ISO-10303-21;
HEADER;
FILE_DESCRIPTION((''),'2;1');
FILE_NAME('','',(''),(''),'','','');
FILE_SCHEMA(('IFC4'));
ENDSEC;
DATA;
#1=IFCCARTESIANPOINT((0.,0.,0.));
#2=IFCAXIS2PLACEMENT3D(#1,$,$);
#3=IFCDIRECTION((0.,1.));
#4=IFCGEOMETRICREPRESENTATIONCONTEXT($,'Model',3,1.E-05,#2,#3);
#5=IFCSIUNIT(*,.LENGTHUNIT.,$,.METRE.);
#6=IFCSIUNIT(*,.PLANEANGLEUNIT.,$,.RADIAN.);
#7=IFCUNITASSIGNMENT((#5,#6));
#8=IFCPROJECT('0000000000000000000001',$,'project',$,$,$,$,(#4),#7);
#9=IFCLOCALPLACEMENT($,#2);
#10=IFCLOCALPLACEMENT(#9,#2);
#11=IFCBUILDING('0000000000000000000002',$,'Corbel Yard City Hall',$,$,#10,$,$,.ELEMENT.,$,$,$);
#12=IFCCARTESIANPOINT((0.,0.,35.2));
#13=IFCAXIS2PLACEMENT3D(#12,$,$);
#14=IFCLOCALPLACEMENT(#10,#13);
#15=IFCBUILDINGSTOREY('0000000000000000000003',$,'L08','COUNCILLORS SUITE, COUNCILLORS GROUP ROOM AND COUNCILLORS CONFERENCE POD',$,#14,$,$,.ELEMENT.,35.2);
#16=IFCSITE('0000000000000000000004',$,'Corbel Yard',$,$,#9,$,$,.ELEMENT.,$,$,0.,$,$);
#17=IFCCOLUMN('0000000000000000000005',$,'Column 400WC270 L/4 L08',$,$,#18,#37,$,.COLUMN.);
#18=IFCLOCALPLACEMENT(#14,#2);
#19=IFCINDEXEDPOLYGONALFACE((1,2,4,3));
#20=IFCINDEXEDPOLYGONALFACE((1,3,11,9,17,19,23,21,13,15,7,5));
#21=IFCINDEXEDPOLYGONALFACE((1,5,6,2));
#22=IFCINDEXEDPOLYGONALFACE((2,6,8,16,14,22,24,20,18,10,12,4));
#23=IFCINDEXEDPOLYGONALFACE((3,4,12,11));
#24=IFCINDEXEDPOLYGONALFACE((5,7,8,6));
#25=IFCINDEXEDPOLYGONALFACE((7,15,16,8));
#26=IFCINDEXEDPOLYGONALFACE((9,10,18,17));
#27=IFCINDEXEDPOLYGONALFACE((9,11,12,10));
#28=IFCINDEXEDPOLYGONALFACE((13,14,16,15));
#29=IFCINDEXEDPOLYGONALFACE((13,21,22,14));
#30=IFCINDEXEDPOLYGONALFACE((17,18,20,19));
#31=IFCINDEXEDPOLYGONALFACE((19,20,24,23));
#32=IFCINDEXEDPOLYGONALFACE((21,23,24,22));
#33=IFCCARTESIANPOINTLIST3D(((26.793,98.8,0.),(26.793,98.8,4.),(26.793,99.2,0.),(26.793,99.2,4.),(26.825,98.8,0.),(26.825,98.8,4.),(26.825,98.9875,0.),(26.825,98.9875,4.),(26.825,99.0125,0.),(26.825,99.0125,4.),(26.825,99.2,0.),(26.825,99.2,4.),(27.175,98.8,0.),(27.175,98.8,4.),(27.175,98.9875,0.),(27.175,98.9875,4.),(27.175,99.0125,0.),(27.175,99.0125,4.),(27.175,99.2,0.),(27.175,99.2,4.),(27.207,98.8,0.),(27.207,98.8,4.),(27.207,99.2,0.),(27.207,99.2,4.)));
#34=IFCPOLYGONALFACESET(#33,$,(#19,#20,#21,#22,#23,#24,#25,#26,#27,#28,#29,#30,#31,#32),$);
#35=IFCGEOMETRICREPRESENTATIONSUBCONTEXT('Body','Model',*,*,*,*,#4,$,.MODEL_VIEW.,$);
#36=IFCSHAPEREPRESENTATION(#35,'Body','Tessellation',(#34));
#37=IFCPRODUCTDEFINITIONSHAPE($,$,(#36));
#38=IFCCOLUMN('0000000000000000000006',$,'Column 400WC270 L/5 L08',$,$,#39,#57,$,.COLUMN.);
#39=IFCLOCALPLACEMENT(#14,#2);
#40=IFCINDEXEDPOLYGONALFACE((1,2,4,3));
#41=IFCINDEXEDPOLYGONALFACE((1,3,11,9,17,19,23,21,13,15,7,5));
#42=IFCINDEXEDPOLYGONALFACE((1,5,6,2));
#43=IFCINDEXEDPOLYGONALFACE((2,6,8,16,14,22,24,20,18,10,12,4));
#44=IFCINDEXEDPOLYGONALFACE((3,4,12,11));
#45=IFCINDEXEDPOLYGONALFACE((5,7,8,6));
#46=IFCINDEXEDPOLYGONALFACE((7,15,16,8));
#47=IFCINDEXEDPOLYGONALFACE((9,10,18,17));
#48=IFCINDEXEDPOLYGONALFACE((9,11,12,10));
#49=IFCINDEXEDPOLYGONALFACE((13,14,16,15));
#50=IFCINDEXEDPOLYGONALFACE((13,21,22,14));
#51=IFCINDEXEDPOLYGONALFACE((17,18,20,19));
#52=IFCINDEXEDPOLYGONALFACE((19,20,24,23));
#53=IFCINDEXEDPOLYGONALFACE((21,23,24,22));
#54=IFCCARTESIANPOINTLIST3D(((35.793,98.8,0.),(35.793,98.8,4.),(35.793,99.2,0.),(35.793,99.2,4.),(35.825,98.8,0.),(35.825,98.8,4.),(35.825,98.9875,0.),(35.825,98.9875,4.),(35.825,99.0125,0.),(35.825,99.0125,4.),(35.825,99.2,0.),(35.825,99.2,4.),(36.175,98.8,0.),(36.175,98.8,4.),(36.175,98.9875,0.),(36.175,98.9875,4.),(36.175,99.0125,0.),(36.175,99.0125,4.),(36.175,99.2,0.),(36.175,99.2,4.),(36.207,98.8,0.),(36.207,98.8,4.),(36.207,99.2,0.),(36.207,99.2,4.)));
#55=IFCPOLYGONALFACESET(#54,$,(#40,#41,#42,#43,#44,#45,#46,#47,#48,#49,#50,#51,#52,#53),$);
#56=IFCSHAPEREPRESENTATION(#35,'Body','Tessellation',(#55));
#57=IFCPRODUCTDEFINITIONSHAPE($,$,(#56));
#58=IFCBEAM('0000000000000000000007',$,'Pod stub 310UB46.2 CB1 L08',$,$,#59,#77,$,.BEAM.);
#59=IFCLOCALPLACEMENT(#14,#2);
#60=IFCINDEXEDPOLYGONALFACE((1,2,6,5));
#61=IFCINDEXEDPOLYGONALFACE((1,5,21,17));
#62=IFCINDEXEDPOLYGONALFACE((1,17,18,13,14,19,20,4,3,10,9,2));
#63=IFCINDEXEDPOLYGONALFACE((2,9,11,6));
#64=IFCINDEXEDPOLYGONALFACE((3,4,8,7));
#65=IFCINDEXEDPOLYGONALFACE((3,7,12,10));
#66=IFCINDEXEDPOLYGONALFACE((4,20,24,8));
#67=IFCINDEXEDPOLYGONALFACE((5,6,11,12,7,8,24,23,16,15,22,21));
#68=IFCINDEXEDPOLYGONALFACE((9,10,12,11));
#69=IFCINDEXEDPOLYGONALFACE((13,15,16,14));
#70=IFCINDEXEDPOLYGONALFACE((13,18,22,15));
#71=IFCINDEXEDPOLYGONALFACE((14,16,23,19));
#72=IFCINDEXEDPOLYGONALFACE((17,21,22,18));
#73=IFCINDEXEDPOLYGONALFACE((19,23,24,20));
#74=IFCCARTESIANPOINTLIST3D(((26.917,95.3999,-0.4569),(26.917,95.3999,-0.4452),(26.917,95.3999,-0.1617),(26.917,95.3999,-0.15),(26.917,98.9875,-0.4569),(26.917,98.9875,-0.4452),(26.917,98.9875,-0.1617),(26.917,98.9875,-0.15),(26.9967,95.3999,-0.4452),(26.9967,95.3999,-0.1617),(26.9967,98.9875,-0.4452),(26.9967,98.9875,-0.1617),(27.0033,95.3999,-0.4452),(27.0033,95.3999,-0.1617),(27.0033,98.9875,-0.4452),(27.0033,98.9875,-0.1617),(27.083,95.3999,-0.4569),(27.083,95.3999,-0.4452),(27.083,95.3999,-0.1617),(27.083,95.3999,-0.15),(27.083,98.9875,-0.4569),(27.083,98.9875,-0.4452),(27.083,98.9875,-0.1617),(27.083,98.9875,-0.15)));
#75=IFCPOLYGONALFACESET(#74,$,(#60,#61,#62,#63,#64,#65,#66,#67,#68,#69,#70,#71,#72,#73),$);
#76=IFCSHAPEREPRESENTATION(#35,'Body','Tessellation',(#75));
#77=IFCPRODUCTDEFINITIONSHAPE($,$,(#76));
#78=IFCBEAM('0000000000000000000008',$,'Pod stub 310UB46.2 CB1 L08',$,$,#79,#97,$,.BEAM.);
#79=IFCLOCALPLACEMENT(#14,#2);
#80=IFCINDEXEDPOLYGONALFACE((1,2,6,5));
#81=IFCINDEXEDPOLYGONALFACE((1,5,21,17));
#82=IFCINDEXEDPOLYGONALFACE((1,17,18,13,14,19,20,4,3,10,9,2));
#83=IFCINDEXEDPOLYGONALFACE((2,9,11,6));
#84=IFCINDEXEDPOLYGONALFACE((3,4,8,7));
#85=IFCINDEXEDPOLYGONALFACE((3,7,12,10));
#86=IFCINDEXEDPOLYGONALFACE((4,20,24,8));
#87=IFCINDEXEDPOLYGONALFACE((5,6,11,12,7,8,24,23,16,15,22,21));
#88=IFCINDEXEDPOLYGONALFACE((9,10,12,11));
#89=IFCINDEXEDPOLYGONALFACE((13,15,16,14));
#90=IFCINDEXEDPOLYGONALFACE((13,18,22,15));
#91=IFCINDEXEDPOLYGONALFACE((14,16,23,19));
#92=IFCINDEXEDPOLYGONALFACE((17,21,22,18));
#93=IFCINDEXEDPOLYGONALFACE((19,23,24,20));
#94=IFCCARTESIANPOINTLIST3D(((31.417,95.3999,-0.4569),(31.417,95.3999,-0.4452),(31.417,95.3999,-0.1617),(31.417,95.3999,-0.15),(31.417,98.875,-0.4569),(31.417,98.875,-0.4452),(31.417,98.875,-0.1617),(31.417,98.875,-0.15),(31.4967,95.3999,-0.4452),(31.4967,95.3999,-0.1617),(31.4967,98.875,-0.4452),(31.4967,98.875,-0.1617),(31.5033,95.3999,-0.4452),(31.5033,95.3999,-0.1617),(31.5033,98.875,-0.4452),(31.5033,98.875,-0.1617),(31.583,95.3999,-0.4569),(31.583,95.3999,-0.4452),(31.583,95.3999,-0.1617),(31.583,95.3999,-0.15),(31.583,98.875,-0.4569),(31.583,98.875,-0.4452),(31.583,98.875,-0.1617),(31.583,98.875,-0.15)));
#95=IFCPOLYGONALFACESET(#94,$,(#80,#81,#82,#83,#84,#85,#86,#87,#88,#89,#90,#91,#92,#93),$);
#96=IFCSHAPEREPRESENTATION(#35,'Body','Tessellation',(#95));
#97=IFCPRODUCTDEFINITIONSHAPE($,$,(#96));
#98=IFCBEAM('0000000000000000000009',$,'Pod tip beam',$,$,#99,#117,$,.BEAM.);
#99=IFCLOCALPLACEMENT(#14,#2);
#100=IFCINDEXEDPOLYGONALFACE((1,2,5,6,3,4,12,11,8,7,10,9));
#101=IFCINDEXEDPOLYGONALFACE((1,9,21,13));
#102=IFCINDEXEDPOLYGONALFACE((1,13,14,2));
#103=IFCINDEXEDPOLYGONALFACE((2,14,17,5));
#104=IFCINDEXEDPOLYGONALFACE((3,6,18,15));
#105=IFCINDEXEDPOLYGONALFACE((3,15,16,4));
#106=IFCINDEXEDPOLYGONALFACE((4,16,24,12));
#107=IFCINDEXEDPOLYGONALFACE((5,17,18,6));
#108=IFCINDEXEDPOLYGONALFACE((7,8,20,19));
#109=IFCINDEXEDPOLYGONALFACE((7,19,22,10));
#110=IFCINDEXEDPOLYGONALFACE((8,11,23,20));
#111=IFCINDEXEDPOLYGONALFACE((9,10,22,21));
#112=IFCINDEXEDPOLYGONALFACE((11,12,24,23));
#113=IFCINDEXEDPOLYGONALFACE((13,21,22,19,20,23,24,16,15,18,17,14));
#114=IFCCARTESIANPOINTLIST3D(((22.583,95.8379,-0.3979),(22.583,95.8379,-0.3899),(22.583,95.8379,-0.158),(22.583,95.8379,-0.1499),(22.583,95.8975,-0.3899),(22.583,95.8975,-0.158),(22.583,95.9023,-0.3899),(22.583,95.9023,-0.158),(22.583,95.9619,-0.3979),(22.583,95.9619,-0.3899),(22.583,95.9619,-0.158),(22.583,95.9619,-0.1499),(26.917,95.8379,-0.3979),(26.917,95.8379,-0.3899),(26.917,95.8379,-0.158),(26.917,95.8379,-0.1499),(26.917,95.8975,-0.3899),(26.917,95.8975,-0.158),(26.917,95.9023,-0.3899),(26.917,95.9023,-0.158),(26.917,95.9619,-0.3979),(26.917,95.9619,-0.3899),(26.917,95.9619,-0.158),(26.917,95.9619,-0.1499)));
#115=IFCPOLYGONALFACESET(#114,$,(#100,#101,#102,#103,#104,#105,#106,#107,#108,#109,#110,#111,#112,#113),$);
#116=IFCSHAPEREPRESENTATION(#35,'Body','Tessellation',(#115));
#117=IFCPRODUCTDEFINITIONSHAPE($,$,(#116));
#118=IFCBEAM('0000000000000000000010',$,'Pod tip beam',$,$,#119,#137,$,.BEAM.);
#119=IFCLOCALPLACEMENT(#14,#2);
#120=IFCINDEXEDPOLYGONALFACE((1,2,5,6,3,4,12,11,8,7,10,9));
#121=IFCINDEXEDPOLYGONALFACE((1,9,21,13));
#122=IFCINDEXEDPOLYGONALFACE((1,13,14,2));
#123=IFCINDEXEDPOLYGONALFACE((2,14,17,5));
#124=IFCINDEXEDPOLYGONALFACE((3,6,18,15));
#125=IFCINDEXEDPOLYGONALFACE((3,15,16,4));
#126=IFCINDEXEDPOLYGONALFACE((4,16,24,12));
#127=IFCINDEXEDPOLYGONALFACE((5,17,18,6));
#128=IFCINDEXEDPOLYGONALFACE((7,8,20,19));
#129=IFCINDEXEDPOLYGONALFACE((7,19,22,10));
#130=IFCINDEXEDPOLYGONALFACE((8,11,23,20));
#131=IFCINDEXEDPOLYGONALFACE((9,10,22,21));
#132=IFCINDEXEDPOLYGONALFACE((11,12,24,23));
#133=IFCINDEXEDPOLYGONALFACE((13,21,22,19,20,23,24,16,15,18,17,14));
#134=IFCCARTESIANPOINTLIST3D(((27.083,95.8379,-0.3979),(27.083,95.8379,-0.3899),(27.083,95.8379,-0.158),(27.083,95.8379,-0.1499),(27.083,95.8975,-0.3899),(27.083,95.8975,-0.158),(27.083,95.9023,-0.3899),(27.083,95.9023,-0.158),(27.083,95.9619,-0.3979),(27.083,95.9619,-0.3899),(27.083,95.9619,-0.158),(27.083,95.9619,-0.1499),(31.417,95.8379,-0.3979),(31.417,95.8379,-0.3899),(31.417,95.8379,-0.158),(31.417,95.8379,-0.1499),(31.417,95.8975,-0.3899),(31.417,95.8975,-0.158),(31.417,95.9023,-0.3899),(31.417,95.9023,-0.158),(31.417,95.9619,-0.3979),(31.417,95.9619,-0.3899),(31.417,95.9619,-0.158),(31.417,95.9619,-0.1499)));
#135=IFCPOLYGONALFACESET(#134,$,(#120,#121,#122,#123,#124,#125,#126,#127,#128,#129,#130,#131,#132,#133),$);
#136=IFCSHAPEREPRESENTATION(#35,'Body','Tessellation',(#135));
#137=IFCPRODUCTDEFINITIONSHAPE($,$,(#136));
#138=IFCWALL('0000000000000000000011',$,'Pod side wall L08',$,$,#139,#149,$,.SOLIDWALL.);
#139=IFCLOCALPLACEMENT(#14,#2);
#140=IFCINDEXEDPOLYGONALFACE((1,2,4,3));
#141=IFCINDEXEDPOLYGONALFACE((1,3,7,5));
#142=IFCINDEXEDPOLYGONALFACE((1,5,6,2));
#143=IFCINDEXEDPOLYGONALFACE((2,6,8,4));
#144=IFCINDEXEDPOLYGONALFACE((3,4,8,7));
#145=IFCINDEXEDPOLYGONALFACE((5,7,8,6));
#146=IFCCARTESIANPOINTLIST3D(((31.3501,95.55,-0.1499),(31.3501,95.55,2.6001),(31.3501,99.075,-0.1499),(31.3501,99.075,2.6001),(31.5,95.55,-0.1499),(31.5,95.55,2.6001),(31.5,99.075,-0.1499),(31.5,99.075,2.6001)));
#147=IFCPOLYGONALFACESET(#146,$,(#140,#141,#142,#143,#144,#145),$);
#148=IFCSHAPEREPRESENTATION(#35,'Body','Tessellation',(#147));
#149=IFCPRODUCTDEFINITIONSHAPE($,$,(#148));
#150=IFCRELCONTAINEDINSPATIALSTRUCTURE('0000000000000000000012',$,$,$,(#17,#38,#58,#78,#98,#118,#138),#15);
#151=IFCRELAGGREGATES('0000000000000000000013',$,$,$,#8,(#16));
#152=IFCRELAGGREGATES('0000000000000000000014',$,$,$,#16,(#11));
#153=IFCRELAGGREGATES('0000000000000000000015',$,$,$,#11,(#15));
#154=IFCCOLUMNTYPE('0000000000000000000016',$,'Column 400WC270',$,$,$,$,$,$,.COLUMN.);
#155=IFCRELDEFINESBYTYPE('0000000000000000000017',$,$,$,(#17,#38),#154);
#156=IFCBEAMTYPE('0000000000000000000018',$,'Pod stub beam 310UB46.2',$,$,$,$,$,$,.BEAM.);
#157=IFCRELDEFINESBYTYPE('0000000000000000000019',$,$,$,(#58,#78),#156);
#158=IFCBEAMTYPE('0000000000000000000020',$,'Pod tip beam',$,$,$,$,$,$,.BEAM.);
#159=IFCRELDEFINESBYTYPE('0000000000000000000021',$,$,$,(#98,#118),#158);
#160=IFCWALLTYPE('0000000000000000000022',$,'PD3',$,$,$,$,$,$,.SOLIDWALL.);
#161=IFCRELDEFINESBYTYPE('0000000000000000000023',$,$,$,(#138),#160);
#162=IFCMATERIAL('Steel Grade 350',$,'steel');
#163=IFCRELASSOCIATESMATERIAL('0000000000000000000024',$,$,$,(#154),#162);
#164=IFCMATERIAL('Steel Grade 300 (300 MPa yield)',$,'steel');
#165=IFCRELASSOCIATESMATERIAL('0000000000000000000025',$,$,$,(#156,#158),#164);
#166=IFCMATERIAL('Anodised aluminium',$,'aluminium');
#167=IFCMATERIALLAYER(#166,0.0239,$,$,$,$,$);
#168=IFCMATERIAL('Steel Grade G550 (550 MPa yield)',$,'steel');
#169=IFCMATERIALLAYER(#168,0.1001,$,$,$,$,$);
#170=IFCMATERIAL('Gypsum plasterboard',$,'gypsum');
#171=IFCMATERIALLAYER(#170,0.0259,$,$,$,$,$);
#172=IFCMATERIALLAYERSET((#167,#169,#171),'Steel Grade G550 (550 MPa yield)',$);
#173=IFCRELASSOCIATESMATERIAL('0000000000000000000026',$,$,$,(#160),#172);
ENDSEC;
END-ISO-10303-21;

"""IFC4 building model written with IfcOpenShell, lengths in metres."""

from ifc_helpers import new_model, si_unit, direction, frame, frame_2d, origin, origin_2d, place, context, subcontext, project, spatial, rectangle, i_section, extrude, material, layer, layer_set, material_profile, profile_set, type_object, element, save


model = new_model("IFC4")

# Units and contexts
model_context = context("Model", 3, precision=1e-05, world=origin(), true_north=direction((0.0, 1.0)))
body_context = subcontext(model_context, "Body", "Model", "MODEL_VIEW")
ifc_project = project(units=[si_unit("LENGTHUNIT", "METRE"), si_unit("PLANEANGLEUNIT", "RADIAN")], contexts=[model_context])

# Site, building, storey
site_placement = place(None, origin())
site = spatial("IfcSite", under=ifc_project, at=site_placement, Name="Corbel Yard", CompositionType="ELEMENT", RefElevation=0.0)
building_placement = place(site_placement, origin())
building = spatial("IfcBuilding", under=site, at=building_placement, Name="Corbel Yard City Hall", CompositionType="ELEMENT")
storey_placement = place(building_placement, frame((0.0, 0.0, 35.2)))
storey = spatial("IfcBuildingStorey", under=building, at=storey_placement, Name="L08", Description="COUNCILLORS SUITE, COUNCILLORS GROUP ROOM AND COUNCILLORS CONFERENCE POD", CompositionType="ELEMENT", Elevation=35.2)

# Columns
ifc_material_1 = material(Name="Steel Grade 350", Category="steel")
ifc_material_profile_1 = material_profile(ifc_material_1, i_section(OverallWidth=0.3999, OverallDepth=0.4141, WebThickness=0.0249, FlangeThickness=0.032, at=origin_2d()), Name="400WC270")
ifc_profile_set_1 = profile_set([ifc_material_profile_1], Name="Steel Grade 350")
column_type = type_object("IfcColumnType", Name="Column 400WC270", PredefinedType="COLUMN", material=ifc_profile_set_1)
for number, where, z_axis, x_axis, name in (
    (1, (27.0, 99.0, 0.0), (0.0, 0.0, 1.0), (0.0, 1.0, 0.0), "Column 400WC270 L/4 L08"),
    (2, (36.0, 99.0, 0.0), (0.0, 0.0, 1.0), (0.0, 1.0, 0.0), "Column 400WC270 L/5 L08"),
):
    element("IfcColumn", number, at=place(storey_placement, frame(where, z_axis=z_axis, x_axis=x_axis)), inside=storey, type_object=column_type, Name=name, PredefinedType="COLUMN", context=body_context, shape_type="SweptSolid", body=[
        extrude(i_section(OverallWidth=0.3999, OverallDepth=0.4141, WebThickness=0.0249, FlangeThickness=0.032, at=origin_2d()), origin(), (0.0, 0.0, 1.0), 4.0),
    ])

# Beams
ifc_material_2 = material(Name="Steel Grade 300 (300 MPa yield)", Category="steel")
ifc_material_profile_2 = material_profile(ifc_material_2, i_section(OverallWidth=0.166, OverallDepth=0.3069, WebThickness=0.0066, FlangeThickness=0.0117, at=origin_2d()), Name="310UB46.2")
ifc_profile_set_2 = profile_set([ifc_material_profile_2], Name="Steel Grade 300 (300 MPa yield)")
beam_type_1 = type_object("IfcBeamType", Name="Pod stub beam 310UB46.2", PredefinedType="BEAM", material=ifc_profile_set_2)
beam_1_placement = place(storey_placement, frame((27.0, 95.3999, -0.3035), z_axis=(0.0, 1.0, 0.0), x_axis=(-1.0, 0.0, 0.0)))
element("IfcBeam", 3, at=beam_1_placement, inside=storey, type_object=beam_type_1, Name="Pod stub 310UB46.2 CB1 L08", PredefinedType="BEAM", context=body_context, shape_type="SweptSolid", body=[
    extrude(i_section(OverallWidth=0.166, OverallDepth=0.3069, WebThickness=0.0066, FlangeThickness=0.0117, at=origin_2d()), origin(), (0.0, 0.0, 1.0), 3.5876),
])
beam_2_placement = place(storey_placement, frame((31.5, 95.3999, -0.3035), z_axis=(0.0, 1.0, 0.0), x_axis=(-1.0, 0.0, 0.0)))
element("IfcBeam", 4, at=beam_2_placement, inside=storey, type_object=beam_type_1, Name="Pod stub 310UB46.2 CB1 L08", PredefinedType="BEAM", context=body_context, shape_type="SweptSolid", body=[
    extrude(i_section(OverallWidth=0.166, OverallDepth=0.3069, WebThickness=0.0066, FlangeThickness=0.0117, at=origin_2d()), origin(), (0.0, 0.0, 1.0), 3.4751),
])
ifc_material_profile_3 = material_profile(ifc_material_2, i_section(OverallWidth=0.124, OverallDepth=0.248, WebThickness=0.0049, FlangeThickness=0.0081, at=origin_2d()), Name="250UB25.7")
ifc_profile_set_3 = profile_set([ifc_material_profile_3], Name="Steel Grade 300 (300 MPa yield)")
beam_type_2 = type_object("IfcBeamType", Name="Pod tip beam", PredefinedType="BEAM", material=ifc_profile_set_3)
for number, where, z_axis, x_axis, name in (
    (5, (22.583, 95.8999, -0.2739), (1.0, 0.0, 0.0), (0.0, 1.0, 0.0), "Pod tip beam"),
    (6, (27.083, 95.8999, -0.2739), (1.0, 0.0, 0.0), (0.0, 1.0, 0.0), "Pod tip beam"),
):
    element("IfcBeam", number, at=place(storey_placement, frame(where, z_axis=z_axis, x_axis=x_axis)), inside=storey, type_object=beam_type_2, Name=name, PredefinedType="BEAM", context=body_context, shape_type="SweptSolid", body=[
        extrude(i_section(OverallWidth=0.124, OverallDepth=0.248, WebThickness=0.0049, FlangeThickness=0.0081, at=origin_2d()), origin(), (0.0, 0.0, 1.0), 4.334),
    ])

# Wall
ifc_material_3 = material(Name="Anodised aluminium", Category="aluminium")
ifc_layer_1 = layer(ifc_material_3, 0.0239)
ifc_material_4 = material(Name="Steel Grade G550 (550 MPa yield)", Category="steel")
ifc_layer_2 = layer(ifc_material_4, 0.1001)
ifc_material_5 = material(Name="Gypsum plasterboard", Category="gypsum")
ifc_layer_3 = layer(ifc_material_5, 0.0259)
ifc_layer_set_1 = layer_set([ifc_layer_1, ifc_layer_2, ifc_layer_3], Name="Steel Grade G550 (550 MPa yield)")
wall_type_1 = type_object("IfcWallType", Name="PD3", PredefinedType="SOLIDWALL", material=ifc_layer_set_1)
wall_1_placement = place(storey_placement, frame((31.425, 95.55, -0.1499), z_axis=(0.0, 0.0, 1.0), x_axis=(0.0, 1.0, 0.0)))
element("IfcWall", 7, at=wall_1_placement, inside=storey, type_object=wall_type_1, Name="Pod side wall L08", PredefinedType="SOLIDWALL", context=body_context, shape_type="SweptSolid", body=[
    extrude(rectangle(XDim=3.5249, YDim=0.1499, at=frame_2d((1.7625, 0.0))), origin(), (0.0, 0.0, 1.0), 2.75),
])

save(model, "model.ifc")
